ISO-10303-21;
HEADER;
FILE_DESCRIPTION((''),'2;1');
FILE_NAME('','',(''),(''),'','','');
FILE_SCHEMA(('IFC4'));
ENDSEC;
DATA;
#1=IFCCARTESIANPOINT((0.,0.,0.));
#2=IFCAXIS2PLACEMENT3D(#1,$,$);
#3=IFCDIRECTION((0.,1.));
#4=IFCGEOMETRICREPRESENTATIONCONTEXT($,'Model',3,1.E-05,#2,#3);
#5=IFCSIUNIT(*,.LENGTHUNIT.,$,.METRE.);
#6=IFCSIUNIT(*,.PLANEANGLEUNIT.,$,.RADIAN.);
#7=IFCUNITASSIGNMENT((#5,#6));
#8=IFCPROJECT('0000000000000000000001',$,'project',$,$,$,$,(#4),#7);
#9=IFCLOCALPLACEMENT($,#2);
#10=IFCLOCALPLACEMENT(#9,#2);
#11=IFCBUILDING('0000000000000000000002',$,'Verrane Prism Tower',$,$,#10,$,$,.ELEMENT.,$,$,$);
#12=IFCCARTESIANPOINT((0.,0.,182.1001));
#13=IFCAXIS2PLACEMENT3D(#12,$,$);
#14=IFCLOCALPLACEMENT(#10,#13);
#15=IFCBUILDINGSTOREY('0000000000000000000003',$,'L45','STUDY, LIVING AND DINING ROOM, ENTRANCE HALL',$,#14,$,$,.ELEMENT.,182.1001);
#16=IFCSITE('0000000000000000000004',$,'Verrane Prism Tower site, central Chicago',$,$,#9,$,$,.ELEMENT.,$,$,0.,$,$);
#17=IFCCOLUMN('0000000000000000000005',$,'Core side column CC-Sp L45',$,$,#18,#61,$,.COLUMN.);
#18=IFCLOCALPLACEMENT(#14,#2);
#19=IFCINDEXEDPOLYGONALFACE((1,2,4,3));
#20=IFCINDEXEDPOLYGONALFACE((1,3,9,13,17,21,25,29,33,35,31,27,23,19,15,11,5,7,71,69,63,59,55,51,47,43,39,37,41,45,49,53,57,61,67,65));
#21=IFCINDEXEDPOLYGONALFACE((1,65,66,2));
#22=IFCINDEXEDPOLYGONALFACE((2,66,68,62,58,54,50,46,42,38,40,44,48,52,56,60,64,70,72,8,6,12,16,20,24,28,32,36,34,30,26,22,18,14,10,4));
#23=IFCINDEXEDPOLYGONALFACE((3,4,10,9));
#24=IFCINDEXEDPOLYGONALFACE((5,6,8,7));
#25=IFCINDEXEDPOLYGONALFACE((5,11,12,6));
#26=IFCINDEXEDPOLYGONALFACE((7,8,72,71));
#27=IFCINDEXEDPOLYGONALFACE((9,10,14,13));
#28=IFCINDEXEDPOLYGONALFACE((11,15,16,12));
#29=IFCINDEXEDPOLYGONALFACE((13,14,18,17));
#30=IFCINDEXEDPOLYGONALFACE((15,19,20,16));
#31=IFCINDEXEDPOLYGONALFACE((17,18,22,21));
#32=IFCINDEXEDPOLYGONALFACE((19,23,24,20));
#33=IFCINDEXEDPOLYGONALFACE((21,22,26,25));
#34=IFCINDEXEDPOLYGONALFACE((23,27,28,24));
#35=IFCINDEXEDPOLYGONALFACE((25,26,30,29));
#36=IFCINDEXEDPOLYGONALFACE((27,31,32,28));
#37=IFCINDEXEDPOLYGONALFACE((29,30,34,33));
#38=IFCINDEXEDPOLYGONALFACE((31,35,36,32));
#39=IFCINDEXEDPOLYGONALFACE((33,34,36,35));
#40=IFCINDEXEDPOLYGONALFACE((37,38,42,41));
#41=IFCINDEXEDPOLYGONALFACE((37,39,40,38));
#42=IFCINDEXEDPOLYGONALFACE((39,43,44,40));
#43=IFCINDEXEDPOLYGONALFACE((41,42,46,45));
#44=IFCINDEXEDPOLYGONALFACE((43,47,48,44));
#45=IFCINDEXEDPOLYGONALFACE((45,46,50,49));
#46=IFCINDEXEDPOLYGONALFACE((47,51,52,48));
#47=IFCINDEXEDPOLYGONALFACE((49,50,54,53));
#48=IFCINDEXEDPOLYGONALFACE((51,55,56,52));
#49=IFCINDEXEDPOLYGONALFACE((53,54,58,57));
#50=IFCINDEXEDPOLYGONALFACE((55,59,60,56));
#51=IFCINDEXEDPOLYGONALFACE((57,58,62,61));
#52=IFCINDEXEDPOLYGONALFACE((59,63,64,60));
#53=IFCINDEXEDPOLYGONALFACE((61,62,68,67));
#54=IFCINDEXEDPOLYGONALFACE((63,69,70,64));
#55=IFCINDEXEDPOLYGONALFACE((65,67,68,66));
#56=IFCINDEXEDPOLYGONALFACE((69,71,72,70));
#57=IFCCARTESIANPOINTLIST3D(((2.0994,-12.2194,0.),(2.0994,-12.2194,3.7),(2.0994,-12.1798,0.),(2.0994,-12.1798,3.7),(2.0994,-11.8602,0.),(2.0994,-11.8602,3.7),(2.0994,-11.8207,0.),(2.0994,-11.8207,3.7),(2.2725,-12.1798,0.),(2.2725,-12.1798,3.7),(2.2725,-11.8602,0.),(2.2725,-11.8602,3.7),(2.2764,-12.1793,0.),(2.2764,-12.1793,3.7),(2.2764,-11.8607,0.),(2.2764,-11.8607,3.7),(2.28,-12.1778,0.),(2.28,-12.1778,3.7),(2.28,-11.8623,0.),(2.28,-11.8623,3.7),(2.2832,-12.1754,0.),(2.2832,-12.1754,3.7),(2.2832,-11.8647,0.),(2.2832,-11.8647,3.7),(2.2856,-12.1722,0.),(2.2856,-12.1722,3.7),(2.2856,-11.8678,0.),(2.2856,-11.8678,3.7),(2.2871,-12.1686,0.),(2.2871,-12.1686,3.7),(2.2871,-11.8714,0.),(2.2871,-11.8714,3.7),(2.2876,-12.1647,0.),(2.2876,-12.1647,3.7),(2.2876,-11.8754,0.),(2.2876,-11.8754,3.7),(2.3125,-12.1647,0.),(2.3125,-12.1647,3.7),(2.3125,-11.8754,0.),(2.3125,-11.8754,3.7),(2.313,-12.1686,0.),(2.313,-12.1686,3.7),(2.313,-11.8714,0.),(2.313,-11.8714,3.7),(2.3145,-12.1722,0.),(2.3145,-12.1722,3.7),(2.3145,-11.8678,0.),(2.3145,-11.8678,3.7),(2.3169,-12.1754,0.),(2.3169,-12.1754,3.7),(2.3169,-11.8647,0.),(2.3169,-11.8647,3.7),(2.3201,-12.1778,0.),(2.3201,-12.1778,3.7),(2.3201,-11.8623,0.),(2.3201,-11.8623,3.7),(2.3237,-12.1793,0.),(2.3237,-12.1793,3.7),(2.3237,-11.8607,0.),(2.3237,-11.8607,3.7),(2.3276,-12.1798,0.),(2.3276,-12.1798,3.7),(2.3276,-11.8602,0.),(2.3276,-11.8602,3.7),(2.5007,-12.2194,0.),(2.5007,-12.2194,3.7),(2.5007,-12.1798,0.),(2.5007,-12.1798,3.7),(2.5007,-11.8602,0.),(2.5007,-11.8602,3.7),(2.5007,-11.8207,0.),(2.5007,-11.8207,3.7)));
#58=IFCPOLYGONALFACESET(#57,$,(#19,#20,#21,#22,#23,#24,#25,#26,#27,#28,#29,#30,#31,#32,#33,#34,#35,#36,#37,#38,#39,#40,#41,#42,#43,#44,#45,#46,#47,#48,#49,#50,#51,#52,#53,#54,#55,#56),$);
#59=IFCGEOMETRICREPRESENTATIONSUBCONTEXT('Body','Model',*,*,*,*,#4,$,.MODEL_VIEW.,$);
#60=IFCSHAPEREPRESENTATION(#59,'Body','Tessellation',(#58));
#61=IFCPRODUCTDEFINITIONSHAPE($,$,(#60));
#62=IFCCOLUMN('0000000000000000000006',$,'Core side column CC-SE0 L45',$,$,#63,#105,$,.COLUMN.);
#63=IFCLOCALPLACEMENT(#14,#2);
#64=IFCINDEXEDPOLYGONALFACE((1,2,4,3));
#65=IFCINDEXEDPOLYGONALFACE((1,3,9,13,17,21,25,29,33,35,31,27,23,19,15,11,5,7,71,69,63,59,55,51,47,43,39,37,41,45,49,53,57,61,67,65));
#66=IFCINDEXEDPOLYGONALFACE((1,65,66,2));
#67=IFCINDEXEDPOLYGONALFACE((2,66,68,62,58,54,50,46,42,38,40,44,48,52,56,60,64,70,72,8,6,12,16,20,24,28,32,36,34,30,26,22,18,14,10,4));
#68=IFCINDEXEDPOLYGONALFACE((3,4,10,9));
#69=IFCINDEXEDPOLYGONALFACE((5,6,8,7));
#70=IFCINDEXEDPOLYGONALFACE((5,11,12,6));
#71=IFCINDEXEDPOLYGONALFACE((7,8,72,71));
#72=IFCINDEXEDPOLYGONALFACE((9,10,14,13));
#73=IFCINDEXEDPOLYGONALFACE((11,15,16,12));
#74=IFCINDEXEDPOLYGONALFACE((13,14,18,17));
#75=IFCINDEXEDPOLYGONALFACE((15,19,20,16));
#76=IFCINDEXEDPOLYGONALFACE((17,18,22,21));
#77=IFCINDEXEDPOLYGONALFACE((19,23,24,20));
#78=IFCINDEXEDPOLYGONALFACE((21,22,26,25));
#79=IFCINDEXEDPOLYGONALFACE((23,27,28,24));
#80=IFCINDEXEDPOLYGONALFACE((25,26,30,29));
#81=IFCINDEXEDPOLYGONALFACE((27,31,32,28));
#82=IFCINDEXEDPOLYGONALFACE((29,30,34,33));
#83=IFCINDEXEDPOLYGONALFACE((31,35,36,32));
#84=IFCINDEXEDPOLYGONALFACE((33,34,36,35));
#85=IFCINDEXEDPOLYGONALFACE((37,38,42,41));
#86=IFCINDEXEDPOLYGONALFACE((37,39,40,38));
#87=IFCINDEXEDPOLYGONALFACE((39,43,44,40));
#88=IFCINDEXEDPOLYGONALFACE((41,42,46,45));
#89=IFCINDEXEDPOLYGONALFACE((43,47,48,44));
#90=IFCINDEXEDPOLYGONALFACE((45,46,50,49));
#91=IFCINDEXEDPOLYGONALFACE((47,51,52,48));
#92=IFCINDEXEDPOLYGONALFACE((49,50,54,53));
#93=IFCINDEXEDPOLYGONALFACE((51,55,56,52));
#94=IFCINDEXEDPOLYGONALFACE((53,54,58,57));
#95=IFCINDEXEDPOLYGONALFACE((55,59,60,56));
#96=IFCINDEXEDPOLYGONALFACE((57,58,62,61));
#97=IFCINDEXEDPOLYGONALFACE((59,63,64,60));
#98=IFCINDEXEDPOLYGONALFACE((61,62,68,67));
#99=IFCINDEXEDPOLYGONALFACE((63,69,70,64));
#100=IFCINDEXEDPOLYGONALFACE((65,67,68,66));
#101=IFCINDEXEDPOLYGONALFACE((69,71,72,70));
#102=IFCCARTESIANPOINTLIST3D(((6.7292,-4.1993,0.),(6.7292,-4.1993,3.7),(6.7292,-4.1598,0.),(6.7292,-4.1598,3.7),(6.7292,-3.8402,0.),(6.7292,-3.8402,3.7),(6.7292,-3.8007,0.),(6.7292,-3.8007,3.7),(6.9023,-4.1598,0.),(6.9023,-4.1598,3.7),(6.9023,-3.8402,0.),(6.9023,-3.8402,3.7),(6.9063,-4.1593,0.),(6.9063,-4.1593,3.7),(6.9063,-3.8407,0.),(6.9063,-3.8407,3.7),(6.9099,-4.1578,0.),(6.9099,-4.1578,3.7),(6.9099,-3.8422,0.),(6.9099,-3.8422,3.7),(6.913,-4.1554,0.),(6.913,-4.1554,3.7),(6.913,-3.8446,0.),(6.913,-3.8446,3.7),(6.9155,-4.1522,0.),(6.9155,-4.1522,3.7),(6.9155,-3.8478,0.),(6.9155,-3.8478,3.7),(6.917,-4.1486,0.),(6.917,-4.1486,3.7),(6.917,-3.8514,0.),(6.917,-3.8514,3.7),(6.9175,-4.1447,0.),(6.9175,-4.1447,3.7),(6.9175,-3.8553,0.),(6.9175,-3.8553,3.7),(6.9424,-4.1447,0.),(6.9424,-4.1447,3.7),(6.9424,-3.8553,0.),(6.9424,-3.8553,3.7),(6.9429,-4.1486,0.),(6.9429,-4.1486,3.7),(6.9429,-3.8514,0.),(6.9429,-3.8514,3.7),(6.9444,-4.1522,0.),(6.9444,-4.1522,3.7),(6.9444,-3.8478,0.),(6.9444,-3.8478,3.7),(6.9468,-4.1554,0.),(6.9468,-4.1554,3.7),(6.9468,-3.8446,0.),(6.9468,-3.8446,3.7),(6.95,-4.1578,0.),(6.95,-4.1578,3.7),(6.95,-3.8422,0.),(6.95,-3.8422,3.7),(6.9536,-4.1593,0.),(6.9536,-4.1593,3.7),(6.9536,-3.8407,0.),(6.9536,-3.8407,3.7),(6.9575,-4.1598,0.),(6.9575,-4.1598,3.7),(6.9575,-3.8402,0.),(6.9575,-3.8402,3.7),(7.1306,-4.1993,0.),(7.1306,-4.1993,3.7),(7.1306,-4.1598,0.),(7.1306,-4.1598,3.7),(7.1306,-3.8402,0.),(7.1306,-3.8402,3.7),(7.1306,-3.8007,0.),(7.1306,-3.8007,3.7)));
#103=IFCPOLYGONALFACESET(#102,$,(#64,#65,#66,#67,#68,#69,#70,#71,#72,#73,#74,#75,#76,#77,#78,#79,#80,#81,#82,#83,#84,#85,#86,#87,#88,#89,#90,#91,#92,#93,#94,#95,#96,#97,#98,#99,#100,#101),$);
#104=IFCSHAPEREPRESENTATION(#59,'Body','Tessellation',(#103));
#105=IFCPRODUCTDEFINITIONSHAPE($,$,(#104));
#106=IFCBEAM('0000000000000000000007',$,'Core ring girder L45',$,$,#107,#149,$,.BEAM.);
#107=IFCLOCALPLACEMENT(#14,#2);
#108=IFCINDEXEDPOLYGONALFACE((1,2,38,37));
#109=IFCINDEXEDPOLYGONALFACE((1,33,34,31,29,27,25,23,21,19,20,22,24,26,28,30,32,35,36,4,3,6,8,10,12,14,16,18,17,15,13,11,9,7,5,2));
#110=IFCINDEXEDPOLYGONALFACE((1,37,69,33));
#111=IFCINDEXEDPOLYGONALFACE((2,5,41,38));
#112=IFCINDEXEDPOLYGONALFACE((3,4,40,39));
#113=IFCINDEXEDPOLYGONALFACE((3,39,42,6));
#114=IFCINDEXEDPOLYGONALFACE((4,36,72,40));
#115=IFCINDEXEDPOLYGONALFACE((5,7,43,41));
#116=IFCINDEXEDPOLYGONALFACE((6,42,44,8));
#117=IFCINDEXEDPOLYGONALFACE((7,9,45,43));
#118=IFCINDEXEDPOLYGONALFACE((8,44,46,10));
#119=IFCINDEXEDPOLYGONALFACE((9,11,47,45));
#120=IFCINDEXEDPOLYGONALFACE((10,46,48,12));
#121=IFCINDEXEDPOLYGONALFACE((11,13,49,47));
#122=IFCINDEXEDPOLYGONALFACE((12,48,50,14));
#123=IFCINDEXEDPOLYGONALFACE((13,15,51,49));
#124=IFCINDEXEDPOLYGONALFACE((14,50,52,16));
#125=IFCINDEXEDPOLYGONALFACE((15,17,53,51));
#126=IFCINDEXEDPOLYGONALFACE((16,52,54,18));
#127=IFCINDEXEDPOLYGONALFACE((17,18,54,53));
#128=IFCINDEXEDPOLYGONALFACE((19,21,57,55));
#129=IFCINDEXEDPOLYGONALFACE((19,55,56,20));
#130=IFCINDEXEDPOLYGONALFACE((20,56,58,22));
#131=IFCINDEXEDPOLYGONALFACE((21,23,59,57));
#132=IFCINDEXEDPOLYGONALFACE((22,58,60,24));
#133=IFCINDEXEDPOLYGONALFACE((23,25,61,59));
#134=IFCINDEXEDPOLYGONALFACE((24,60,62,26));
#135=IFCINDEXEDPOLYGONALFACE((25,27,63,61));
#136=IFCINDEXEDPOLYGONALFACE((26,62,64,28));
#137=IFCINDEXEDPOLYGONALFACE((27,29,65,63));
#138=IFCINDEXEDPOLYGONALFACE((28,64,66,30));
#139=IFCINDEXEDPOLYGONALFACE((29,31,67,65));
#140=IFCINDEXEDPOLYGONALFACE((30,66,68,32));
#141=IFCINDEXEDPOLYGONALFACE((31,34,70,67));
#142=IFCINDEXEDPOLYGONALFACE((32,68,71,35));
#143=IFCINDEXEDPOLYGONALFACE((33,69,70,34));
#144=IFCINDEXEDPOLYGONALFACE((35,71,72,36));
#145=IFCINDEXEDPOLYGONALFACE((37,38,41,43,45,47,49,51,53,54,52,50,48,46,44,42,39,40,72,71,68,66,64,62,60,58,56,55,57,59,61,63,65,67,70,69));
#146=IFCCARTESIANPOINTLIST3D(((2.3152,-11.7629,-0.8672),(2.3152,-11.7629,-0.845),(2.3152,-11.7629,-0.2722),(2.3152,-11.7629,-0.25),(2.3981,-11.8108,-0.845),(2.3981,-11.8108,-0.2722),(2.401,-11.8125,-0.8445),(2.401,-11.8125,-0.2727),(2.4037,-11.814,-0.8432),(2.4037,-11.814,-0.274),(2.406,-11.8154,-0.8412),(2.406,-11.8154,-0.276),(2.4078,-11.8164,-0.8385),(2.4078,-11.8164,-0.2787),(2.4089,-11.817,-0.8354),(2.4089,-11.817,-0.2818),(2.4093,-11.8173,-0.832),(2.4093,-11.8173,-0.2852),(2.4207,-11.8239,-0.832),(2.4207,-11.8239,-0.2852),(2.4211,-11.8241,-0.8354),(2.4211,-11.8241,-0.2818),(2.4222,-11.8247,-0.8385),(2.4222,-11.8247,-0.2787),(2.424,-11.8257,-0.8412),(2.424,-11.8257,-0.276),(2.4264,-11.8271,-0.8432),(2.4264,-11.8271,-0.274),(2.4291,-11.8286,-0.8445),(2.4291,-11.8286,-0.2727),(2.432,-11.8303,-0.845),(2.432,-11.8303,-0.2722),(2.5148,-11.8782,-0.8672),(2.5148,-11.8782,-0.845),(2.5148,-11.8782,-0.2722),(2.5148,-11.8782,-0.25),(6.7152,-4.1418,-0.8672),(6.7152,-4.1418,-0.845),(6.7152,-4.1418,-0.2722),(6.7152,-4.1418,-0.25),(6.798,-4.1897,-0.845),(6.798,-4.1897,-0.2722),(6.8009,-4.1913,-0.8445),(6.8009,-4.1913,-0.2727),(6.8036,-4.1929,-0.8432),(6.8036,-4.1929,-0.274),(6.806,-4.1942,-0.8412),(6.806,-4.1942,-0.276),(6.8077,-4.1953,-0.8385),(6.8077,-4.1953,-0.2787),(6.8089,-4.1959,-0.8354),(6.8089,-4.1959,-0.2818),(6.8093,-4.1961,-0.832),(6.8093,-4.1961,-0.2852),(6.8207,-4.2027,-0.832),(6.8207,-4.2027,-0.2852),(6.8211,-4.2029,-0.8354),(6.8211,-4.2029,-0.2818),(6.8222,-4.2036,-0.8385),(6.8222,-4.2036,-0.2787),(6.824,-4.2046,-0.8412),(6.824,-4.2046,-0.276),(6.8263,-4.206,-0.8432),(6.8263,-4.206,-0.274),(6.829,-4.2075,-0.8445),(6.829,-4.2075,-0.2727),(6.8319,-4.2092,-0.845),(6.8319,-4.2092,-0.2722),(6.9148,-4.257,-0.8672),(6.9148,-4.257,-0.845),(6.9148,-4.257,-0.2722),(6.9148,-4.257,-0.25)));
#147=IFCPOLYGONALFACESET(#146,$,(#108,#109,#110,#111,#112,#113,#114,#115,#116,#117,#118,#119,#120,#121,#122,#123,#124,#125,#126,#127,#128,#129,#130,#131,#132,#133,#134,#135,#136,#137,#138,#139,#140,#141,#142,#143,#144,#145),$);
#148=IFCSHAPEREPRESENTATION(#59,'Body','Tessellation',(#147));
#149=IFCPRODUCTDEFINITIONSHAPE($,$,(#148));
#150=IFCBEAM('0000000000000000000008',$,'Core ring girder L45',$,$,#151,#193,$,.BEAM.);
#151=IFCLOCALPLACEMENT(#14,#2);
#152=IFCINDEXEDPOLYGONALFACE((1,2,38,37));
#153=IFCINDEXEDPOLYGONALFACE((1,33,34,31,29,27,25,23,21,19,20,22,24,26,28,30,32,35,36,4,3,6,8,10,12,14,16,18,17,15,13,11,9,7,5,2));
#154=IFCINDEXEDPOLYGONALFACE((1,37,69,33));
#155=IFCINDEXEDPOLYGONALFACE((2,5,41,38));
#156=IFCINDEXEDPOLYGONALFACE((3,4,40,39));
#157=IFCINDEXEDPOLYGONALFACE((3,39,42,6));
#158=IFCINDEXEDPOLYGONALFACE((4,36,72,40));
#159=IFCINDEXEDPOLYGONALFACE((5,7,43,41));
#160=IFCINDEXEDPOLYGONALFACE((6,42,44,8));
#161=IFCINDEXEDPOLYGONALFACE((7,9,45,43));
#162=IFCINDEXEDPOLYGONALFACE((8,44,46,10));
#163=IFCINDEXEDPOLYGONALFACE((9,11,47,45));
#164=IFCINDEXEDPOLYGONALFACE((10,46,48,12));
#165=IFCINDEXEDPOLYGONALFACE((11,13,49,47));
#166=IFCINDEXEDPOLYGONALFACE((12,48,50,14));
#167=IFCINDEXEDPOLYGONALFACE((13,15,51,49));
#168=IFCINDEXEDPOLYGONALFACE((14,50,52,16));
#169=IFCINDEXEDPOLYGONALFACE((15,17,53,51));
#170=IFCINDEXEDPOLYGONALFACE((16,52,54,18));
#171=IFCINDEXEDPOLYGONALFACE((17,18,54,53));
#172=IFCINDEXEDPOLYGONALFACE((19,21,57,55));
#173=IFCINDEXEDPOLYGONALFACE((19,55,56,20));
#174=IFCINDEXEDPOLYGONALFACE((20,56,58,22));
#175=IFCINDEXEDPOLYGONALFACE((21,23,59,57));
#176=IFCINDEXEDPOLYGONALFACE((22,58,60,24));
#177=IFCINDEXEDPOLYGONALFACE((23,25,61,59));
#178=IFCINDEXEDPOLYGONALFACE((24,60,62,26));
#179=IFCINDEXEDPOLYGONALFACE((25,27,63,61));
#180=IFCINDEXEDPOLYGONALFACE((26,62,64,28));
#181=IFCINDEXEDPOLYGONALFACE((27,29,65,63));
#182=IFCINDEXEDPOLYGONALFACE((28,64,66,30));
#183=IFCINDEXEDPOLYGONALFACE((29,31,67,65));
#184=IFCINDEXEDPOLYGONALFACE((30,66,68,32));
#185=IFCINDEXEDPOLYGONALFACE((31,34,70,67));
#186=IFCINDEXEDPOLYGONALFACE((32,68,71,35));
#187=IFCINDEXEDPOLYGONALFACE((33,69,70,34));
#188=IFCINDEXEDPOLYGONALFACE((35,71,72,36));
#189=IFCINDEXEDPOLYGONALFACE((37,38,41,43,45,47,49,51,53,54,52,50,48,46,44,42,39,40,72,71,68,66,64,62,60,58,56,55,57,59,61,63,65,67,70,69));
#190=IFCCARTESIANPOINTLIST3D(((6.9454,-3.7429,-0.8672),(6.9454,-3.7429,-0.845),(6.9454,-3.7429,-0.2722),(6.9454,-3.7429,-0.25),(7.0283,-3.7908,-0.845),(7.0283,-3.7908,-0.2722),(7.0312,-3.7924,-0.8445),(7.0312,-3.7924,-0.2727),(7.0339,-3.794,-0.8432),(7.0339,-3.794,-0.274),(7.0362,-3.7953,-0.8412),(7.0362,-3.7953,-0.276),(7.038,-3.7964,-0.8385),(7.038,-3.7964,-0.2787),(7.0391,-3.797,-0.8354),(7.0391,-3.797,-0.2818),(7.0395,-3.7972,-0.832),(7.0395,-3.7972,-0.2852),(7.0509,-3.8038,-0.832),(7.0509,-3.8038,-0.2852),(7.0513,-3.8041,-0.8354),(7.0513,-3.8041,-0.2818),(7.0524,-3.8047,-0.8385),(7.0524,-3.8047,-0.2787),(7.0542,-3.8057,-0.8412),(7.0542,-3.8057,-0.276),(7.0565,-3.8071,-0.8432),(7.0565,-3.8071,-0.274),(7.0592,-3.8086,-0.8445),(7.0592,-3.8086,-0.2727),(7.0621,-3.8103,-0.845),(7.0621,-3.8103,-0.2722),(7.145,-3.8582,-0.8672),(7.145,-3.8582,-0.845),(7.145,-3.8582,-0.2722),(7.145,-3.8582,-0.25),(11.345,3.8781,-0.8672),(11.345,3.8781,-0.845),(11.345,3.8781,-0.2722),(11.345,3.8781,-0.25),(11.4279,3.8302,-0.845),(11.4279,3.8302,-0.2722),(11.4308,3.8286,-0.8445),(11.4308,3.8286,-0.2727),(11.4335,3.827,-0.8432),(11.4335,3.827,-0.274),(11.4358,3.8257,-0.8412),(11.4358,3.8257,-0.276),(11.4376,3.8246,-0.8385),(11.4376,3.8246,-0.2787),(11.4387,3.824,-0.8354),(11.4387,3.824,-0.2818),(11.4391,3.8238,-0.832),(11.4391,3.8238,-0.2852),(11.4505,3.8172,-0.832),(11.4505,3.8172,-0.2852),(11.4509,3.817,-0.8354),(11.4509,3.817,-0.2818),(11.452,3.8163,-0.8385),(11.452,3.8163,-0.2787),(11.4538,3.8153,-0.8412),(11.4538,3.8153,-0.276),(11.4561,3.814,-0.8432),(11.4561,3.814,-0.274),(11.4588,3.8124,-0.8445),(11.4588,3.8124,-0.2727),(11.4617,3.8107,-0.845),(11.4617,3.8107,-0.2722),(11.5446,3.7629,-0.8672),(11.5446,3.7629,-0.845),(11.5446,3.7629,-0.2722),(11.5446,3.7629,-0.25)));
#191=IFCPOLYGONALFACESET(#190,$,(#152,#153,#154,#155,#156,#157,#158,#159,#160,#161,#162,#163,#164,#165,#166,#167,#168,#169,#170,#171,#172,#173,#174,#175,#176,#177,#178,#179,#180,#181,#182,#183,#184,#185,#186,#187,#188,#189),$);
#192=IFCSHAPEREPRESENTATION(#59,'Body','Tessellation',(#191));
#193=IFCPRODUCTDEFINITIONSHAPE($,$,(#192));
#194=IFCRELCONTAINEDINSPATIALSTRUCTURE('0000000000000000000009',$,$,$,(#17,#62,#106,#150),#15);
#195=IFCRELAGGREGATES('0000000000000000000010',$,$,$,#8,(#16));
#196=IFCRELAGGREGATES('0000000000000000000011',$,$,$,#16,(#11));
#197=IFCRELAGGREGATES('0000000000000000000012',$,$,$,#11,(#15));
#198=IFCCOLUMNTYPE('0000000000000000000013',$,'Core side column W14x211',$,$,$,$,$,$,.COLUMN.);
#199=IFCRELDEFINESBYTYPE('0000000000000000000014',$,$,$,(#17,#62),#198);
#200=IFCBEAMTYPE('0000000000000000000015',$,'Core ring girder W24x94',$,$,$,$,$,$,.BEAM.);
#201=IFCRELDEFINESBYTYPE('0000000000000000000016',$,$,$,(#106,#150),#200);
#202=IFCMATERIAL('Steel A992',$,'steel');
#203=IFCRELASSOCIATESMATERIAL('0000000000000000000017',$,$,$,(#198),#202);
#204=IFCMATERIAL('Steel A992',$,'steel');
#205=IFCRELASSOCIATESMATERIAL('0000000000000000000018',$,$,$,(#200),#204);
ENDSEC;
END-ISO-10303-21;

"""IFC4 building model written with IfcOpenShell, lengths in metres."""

from ifc_helpers import new_model, si_unit, direction, frame, origin, origin_2d, place, context, subcontext, project, spatial, i_section, extrude, material, material_profile, profile_set, type_object, element, save


model = new_model("IFC4")

# Units and contexts
model_context = context("Model", 3, precision=1e-05, world=origin(), true_north=direction((0.0, 1.0)))
body_context = subcontext(model_context, "Body", "Model", "MODEL_VIEW")
ifc_project = project(units=[si_unit("LENGTHUNIT", "METRE"), si_unit("PLANEANGLEUNIT", "RADIAN")], contexts=[model_context])

# Site, building, storey
site_placement = place(None, origin())
site = spatial("IfcSite", under=ifc_project, at=site_placement, Name="Verrane Prism Tower site, central Chicago", CompositionType="ELEMENT", RefElevation=0.0)
building_placement = place(site_placement, origin())
building = spatial("IfcBuilding", under=site, at=building_placement, Name="Verrane Prism Tower", CompositionType="ELEMENT")
storey_placement = place(building_placement, frame((0.0, 0.0, 182.1001)))
storey = spatial("IfcBuildingStorey", under=building, at=storey_placement, Name="L45", Description="STUDY, LIVING AND DINING ROOM, ENTRANCE HALL", CompositionType="ELEMENT", Elevation=182.1001)

# Columns
ifc_material_1 = material(Name="Steel A992", Category="steel")
ifc_material_profile_1 = material_profile(ifc_material_1, i_section(OverallWidth=0.4014, OverallDepth=0.3987, WebThickness=0.0249, FlangeThickness=0.0396, FilletRadius=0.0151, at=origin_2d()), Name="W14x211")
ifc_profile_set_1 = profile_set([ifc_material_profile_1], Name="Steel A992")
column_type = type_object("IfcColumnType", Name="Core side column W14x211", PredefinedType="COLUMN", material=ifc_profile_set_1)
for number, where, z_axis, x_axis, name in (
    (1, (2.3, -12.02, 0.0), (0.0, 0.0, 1.0), (1.0, 0.0, 0.0), "Core side column CC-Sp L45"),
    (2, (6.9299, -4.0, 0.0), (0.0, 0.0, 1.0), (1.0, 0.0, 0.0), "Core side column CC-SE0 L45"),
):
    element("IfcColumn", number, at=place(storey_placement, frame(where, z_axis=z_axis, x_axis=x_axis)), inside=storey, type_object=column_type, Name=name, PredefinedType="COLUMN", context=body_context, shape_type="SweptSolid", body=[
        extrude(i_section(OverallWidth=0.4014, OverallDepth=0.3987, WebThickness=0.0249, FlangeThickness=0.0396, FilletRadius=0.0151, at=origin_2d()), origin(), (0.0, 0.0, 1.0), 3.7),
    ])

# Beams
ifc_material_2 = material(Name="Steel A992", Category="steel")
ifc_material_profile_2 = material_profile(ifc_material_2, i_section(OverallWidth=0.2305, OverallDepth=0.6172, WebThickness=0.0132, FlangeThickness=0.0222, FilletRadius=0.0129, at=origin_2d()), Name="W24x94")
ifc_profile_set_2 = profile_set([ifc_material_profile_2], Name="Steel A992")
beam_type = type_object("IfcBeamType", Name="Core ring girder W24x94", PredefinedType="BEAM", material=ifc_profile_set_2)
beam_1_placement = place(storey_placement, frame((2.415, -11.8206, -0.5586), z_axis=(0.499988, 0.866032, 0.0), x_axis=(-0.866032, 0.499988, 0.0)))
element("IfcBeam", 3, at=beam_1_placement, inside=storey, type_object=beam_type, Name="Core ring girder L45", PredefinedType="BEAM", context=body_context, shape_type="SweptSolid", body=[
    extrude(i_section(OverallWidth=0.2305, OverallDepth=0.6172, WebThickness=0.0132, FlangeThickness=0.0222, FilletRadius=0.0129, at=origin_2d()), origin(), (0.0, 0.0, 1.0), 8.8),
])
beam_2_placement = place(storey_placement, frame((7.0452, -3.8005, -0.5586), z_axis=(0.499967, 0.866044, 0.0), x_axis=(-0.866044, 0.499967, 0.0)))
element("IfcBeam", 4, at=beam_2_placement, inside=storey, type_object=beam_type, Name="Core ring girder L45", PredefinedType="BEAM", context=body_context, shape_type="SweptSolid", body=[
    extrude(i_section(OverallWidth=0.2305, OverallDepth=0.6172, WebThickness=0.0132, FlangeThickness=0.0222, FilletRadius=0.0129, at=origin_2d()), origin(), (0.0, 0.0, 1.0), 8.7998),
])

save(model, "model.ifc")
